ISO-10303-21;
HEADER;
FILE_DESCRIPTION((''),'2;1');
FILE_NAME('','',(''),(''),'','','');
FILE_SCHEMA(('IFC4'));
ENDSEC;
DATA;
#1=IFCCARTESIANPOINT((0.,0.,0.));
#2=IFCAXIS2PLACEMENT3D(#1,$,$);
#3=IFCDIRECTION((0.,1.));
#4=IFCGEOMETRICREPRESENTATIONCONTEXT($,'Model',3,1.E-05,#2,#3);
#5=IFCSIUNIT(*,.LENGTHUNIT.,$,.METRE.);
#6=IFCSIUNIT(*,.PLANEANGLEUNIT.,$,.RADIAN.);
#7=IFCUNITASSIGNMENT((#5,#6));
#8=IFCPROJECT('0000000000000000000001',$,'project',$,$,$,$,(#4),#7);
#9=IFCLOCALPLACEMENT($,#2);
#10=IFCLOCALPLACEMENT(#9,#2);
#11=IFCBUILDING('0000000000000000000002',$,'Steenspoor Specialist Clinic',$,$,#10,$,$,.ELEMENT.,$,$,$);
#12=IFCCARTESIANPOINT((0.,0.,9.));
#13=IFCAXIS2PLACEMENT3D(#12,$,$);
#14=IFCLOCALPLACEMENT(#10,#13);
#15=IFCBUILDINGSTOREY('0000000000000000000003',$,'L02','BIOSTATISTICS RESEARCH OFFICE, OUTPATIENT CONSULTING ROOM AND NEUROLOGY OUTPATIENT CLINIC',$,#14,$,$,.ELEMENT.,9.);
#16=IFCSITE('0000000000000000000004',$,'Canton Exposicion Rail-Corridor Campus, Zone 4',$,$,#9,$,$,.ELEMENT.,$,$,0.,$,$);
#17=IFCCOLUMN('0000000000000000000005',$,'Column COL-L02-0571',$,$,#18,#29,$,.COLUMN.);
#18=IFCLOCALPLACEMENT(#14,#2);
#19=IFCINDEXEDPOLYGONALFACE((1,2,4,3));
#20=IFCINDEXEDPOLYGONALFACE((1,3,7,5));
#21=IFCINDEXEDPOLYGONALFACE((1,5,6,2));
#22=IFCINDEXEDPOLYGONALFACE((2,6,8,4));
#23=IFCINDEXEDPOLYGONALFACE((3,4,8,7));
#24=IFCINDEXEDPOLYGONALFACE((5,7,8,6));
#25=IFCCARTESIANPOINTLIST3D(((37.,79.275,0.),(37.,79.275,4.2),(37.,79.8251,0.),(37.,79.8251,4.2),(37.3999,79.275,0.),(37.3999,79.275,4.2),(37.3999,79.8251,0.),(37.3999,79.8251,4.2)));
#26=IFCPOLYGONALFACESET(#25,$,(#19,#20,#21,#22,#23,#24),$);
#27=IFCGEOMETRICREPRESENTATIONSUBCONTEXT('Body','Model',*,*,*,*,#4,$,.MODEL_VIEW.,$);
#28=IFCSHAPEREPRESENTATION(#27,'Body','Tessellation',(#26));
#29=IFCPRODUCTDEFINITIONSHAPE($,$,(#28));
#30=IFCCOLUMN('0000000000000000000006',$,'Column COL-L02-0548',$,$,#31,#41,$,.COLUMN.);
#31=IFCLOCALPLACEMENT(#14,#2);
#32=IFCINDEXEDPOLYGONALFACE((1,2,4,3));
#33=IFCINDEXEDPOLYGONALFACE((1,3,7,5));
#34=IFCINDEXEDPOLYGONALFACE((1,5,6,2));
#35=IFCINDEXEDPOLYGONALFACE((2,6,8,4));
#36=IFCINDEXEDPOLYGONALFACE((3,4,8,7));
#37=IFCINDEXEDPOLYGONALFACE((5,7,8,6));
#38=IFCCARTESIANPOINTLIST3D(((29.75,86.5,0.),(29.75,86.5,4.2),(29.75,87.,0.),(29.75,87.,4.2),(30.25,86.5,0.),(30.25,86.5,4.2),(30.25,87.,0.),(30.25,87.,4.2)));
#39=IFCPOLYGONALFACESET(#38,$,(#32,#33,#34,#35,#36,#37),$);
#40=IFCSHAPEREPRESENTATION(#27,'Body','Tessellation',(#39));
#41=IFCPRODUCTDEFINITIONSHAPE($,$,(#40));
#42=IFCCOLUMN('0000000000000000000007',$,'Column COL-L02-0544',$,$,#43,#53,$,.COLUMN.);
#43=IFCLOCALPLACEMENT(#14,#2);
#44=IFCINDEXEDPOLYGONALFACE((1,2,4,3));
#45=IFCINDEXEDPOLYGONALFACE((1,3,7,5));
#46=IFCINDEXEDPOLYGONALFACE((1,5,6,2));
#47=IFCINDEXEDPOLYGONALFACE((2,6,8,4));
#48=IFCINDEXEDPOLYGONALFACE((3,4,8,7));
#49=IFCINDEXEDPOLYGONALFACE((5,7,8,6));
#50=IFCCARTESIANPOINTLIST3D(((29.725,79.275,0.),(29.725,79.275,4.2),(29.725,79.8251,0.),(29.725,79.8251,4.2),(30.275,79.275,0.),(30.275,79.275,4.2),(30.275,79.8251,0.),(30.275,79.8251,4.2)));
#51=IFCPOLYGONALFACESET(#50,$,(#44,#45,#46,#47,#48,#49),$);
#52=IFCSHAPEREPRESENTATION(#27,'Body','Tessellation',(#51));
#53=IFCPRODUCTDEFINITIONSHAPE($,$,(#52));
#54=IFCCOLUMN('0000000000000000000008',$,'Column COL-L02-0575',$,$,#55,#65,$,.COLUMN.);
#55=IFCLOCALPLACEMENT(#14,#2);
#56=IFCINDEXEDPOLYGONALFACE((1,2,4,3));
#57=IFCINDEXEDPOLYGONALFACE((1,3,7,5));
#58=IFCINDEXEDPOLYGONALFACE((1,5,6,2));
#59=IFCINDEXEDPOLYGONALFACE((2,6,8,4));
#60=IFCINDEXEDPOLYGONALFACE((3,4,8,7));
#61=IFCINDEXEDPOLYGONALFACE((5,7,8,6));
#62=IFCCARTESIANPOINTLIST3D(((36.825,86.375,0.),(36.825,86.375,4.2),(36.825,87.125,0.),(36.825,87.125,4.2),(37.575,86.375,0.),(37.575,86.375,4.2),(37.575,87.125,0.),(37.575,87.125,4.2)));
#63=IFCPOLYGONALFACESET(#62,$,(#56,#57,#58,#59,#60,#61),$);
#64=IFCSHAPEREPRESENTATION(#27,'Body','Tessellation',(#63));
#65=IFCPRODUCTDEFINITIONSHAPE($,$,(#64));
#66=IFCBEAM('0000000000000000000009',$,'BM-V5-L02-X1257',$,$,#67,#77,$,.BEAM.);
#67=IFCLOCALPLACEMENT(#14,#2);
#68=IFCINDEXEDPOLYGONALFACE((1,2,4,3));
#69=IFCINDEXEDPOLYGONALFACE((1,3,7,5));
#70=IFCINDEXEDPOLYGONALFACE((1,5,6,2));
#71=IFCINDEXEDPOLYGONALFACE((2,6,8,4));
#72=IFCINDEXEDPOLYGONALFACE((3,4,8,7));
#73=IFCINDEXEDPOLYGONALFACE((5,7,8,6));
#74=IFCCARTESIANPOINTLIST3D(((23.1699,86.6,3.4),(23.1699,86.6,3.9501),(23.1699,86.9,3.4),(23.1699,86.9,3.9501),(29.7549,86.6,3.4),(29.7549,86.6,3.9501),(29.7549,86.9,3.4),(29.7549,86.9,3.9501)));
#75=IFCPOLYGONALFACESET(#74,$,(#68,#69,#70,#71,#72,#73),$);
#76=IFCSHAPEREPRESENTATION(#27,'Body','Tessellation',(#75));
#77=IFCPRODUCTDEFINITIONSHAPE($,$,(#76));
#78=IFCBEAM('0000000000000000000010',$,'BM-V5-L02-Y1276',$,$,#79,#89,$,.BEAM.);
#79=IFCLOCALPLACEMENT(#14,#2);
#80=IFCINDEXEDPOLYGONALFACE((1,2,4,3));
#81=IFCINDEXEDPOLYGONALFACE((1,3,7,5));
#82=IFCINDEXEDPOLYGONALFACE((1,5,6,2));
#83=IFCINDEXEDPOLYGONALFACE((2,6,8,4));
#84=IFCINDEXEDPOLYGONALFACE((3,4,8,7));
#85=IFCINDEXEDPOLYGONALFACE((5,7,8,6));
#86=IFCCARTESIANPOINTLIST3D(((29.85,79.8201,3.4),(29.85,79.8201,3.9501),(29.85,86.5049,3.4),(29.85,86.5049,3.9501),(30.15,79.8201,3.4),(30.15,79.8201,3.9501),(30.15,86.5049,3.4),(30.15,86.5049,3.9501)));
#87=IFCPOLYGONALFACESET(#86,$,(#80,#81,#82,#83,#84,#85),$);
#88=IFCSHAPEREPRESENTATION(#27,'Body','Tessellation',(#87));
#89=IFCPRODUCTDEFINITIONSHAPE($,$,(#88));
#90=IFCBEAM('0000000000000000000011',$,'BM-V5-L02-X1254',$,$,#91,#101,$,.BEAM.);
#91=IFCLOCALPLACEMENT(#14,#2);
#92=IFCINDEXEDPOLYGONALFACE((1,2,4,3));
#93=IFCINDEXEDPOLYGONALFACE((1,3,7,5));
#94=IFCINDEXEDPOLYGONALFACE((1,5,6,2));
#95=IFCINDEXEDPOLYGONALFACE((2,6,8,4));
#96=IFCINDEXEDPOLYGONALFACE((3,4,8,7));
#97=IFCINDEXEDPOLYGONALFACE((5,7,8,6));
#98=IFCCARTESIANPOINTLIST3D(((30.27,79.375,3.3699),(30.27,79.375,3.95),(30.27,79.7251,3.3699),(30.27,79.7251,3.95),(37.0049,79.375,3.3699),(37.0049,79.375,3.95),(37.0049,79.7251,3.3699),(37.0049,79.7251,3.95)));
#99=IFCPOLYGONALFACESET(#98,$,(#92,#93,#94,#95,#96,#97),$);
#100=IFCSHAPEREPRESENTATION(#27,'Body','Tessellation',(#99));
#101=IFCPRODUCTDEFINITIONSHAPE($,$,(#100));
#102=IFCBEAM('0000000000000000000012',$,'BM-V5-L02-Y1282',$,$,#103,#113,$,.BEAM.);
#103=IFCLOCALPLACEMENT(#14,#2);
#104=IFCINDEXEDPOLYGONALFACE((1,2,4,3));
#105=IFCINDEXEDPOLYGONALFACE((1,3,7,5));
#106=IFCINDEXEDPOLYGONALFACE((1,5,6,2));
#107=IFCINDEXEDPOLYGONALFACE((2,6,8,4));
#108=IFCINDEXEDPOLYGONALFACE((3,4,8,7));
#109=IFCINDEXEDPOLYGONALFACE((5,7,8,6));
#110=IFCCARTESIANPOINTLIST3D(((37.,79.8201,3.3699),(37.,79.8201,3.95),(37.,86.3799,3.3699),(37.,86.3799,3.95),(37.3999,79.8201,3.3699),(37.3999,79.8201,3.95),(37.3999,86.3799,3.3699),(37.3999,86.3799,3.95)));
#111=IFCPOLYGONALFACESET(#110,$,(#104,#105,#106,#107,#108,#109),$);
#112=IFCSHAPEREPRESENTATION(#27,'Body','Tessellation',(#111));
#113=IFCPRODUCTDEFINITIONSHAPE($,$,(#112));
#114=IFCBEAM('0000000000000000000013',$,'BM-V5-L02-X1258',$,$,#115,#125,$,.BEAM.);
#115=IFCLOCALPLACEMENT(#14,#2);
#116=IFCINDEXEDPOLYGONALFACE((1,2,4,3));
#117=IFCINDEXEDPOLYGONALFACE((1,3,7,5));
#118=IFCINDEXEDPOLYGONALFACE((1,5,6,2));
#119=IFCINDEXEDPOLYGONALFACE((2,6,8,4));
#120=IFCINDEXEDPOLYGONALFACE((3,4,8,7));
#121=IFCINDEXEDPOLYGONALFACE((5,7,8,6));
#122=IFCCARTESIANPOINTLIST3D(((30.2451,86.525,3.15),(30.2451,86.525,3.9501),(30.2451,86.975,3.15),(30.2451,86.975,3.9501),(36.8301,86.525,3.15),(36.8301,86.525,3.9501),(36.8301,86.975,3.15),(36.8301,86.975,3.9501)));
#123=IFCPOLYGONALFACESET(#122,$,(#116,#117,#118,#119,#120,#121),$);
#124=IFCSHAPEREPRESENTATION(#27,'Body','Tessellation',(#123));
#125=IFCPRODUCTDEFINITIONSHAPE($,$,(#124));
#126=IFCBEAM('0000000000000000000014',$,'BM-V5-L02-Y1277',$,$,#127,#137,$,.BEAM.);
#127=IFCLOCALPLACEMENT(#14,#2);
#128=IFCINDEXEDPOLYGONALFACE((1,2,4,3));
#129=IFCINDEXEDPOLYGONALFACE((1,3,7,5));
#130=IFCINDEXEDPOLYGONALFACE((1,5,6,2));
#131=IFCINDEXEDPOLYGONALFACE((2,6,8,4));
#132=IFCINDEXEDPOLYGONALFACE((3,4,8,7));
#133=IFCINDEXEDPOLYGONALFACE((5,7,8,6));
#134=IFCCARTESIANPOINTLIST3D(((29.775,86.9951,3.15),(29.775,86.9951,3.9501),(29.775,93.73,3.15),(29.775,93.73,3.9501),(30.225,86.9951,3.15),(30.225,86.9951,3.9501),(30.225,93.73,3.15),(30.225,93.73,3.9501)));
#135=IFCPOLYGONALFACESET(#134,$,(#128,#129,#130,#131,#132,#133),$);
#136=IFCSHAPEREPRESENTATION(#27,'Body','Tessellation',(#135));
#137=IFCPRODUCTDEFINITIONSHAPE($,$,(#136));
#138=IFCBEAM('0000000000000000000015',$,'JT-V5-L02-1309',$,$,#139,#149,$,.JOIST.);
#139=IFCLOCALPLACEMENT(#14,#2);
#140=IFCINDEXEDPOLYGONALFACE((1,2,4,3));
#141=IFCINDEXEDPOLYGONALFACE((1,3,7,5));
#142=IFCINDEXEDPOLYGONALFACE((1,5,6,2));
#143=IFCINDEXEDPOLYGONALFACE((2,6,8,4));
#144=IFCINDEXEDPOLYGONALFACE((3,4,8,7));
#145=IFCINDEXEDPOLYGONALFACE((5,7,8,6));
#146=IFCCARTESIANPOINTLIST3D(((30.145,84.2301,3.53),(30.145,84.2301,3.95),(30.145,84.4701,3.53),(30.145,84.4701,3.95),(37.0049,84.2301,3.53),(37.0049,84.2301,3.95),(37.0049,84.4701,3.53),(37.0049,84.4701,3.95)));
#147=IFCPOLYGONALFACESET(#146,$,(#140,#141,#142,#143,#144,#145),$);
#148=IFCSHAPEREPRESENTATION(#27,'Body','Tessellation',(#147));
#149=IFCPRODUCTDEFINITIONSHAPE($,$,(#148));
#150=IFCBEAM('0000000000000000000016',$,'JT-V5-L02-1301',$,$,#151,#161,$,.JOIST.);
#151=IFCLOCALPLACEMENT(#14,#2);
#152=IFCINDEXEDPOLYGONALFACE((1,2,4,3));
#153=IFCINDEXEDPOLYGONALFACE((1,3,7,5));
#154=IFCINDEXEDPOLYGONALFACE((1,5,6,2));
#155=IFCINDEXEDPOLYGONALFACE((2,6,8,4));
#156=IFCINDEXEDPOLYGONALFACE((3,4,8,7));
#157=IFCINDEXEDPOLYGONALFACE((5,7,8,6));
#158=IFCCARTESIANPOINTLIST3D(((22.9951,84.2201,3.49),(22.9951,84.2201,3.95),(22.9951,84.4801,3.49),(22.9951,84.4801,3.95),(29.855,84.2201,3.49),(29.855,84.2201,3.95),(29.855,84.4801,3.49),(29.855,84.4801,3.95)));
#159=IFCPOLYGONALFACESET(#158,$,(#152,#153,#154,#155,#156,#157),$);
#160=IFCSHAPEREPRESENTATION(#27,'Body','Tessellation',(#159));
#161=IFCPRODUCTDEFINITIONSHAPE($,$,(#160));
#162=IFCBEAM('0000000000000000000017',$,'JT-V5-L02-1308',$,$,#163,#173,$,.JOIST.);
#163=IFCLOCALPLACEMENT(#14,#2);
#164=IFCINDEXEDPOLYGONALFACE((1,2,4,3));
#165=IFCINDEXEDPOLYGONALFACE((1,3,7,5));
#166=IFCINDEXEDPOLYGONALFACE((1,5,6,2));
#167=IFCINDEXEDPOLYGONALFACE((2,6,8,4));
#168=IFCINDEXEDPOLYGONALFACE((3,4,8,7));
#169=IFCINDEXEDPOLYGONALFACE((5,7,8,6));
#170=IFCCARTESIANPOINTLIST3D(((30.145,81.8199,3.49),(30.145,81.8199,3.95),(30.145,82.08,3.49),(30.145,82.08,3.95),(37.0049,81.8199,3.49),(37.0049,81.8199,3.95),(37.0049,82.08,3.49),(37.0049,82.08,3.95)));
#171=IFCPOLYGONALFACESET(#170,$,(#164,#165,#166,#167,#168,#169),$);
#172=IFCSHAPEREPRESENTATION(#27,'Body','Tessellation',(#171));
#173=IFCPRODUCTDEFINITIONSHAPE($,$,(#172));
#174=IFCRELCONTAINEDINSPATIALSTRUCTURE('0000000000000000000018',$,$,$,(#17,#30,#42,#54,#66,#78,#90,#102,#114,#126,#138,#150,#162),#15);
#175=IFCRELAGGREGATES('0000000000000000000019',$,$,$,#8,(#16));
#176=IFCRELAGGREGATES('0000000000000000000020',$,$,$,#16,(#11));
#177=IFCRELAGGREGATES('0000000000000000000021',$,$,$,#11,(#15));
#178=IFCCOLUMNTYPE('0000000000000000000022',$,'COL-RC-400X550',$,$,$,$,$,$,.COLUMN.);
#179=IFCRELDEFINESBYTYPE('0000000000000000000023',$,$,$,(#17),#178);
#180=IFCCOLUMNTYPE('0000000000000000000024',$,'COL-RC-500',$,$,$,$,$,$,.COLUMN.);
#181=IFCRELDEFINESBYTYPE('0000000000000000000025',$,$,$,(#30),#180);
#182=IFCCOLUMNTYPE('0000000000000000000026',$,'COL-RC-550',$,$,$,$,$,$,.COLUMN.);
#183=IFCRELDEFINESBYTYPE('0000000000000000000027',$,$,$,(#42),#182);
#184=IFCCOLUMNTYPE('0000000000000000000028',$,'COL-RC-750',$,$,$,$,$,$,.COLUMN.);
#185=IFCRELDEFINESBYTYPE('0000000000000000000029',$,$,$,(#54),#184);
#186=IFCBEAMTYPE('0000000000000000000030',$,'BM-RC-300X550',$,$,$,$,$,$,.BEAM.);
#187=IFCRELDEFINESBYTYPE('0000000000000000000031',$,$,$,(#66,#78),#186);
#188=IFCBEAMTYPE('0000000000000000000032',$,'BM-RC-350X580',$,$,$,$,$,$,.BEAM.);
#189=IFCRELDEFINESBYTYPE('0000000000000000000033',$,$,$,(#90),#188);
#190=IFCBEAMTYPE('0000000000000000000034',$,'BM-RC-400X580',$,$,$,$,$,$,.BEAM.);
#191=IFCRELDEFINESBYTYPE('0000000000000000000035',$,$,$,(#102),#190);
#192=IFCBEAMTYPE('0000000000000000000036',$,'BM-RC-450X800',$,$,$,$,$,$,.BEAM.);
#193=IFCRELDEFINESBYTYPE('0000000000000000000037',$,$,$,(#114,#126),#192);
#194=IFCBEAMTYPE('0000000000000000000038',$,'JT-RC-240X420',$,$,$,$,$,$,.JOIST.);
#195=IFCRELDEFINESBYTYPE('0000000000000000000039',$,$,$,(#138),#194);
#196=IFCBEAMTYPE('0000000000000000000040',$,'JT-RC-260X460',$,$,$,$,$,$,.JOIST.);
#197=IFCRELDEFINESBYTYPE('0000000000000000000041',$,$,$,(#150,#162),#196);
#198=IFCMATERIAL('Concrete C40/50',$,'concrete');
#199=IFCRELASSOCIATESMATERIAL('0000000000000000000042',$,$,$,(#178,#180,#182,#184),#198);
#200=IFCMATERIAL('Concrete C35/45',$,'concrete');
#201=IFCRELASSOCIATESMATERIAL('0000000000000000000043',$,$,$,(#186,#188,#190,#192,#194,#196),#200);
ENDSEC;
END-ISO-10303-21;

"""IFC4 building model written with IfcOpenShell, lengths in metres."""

from ifc_helpers import new_model, si_unit, direction, frame, origin, origin_2d, place, context, subcontext, project, spatial, rectangle, extrude, material, material_profile, profile_set, type_object, element, save


model = new_model("IFC4")

# Units and contexts
model_context = context("Model", 3, precision=1e-05, world=origin(), true_north=direction((0.0, 1.0)))
body_context = subcontext(model_context, "Body", "Model", "MODEL_VIEW")
ifc_project = project(units=[si_unit("LENGTHUNIT", "METRE"), si_unit("PLANEANGLEUNIT", "RADIAN")], contexts=[model_context])

# Site, building, storey
site_placement = place(None, origin())
site = spatial("IfcSite", under=ifc_project, at=site_placement, Name="Canton Exposicion Rail-Corridor Campus, Zone 4", CompositionType="ELEMENT", RefElevation=0.0)
building_placement = place(site_placement, origin())
building = spatial("IfcBuilding", under=site, at=building_placement, Name="Steenspoor Specialist Clinic", CompositionType="ELEMENT")
storey_placement = place(building_placement, frame((0.0, 0.0, 9.0)))
storey = spatial("IfcBuildingStorey", under=building, at=storey_placement, Name="L02", Description="BIOSTATISTICS RESEARCH OFFICE, OUTPATIENT CONSULTING ROOM AND NEUROLOGY OUTPATIENT CLINIC", CompositionType="ELEMENT", Elevation=9.0)

# Columns
ifc_material_1 = material(Name="Concrete C40/50", Category="concrete")
ifc_material_profile_1 = material_profile(ifc_material_1, rectangle(XDim=0.3999, YDim=0.55, at=origin_2d()), Name="RC-COL-400X550")
ifc_profile_set_1 = profile_set([ifc_material_profile_1], Name="Concrete C40/50")
column_type_1 = type_object("IfcColumnType", Name="COL-RC-400X550", PredefinedType="COLUMN", material=ifc_profile_set_1)
column_1_placement = place(storey_placement, frame((37.2, 79.55, 0.0), z_axis=(0.0, 0.0, 1.0), x_axis=(1.0, 0.0, 0.0)))
element("IfcColumn", 1, at=column_1_placement, inside=storey, type_object=column_type_1, Name="Column COL-L02-0571", PredefinedType="COLUMN", context=body_context, shape_type="SweptSolid", body=[
    extrude(rectangle(XDim=0.3999, YDim=0.55, at=origin_2d()), origin(), (0.0, 0.0, 1.0), 4.2),
])
ifc_material_profile_2 = material_profile(ifc_material_1, rectangle(XDim=0.5, YDim=0.5, at=origin_2d()), Name="RC-COL-500X500")
ifc_profile_set_2 = profile_set([ifc_material_profile_2], Name="Concrete C40/50")
column_type_2 = type_object("IfcColumnType", Name="COL-RC-500", PredefinedType="COLUMN", material=ifc_profile_set_2)
column_2_placement = place(storey_placement, frame((30.0, 86.75, 0.0), z_axis=(0.0, 0.0, 1.0), x_axis=(1.0, 0.0, 0.0)))
element("IfcColumn", 2, at=column_2_placement, inside=storey, type_object=column_type_2, Name="Column COL-L02-0548", PredefinedType="COLUMN", context=body_context, shape_type="SweptSolid", body=[
    extrude(rectangle(XDim=0.5, YDim=0.5, at=origin_2d()), origin(), (0.0, 0.0, 1.0), 4.2),
])
ifc_material_profile_3 = material_profile(ifc_material_1, rectangle(XDim=0.55, YDim=0.55, at=origin_2d()), Name="RC-COL-550X550")
ifc_profile_set_3 = profile_set([ifc_material_profile_3], Name="Concrete C40/50")
column_type_3 = type_object("IfcColumnType", Name="COL-RC-550", PredefinedType="COLUMN", material=ifc_profile_set_3)
column_3_placement = place(storey_placement, frame((30.0, 79.55, 0.0), z_axis=(0.0, 0.0, 1.0), x_axis=(1.0, 0.0, 0.0)))
element("IfcColumn", 3, at=column_3_placement, inside=storey, type_object=column_type_3, Name="Column COL-L02-0544", PredefinedType="COLUMN", context=body_context, shape_type="SweptSolid", body=[
    extrude(rectangle(XDim=0.55, YDim=0.55, at=origin_2d()), origin(), (0.0, 0.0, 1.0), 4.2),
])
ifc_material_profile_4 = material_profile(ifc_material_1, rectangle(XDim=0.75, YDim=0.75, at=origin_2d()), Name="RC-COL-750X750")
ifc_profile_set_4 = profile_set([ifc_material_profile_4], Name="Concrete C40/50")
column_type_4 = type_object("IfcColumnType", Name="COL-RC-750", PredefinedType="COLUMN", material=ifc_profile_set_4)
column_4_placement = place(storey_placement, frame((37.2, 86.75, 0.0), z_axis=(0.0, 0.0, 1.0), x_axis=(1.0, 0.0, 0.0)))
element("IfcColumn", 4, at=column_4_placement, inside=storey, type_object=column_type_4, Name="Column COL-L02-0575", PredefinedType="COLUMN", context=body_context, shape_type="SweptSolid", body=[
    extrude(rectangle(XDim=0.75, YDim=0.75, at=origin_2d()), origin(), (0.0, 0.0, 1.0), 4.2),
])

# Beams
ifc_material_2 = material(Name="Concrete C35/45", Category="concrete")
ifc_material_profile_5 = material_profile(ifc_material_2, rectangle(XDim=0.3, YDim=0.55, at=origin_2d()), Name="RC-BM-300X550")
ifc_profile_set_5 = profile_set([ifc_material_profile_5], Name="Concrete C35/45")
beam_type_1 = type_object("IfcBeamType", Name="BM-RC-300X550", PredefinedType="BEAM", material=ifc_profile_set_5)
beam_1_placement = place(storey_placement, frame((23.1699, 86.75, 3.675), z_axis=(1.0, 0.0, 0.0), x_axis=(0.0, 1.0, 0.0)))
element("IfcBeam", 5, at=beam_1_placement, inside=storey, type_object=beam_type_1, Name="BM-V5-L02-X1257", PredefinedType="BEAM", context=body_context, shape_type="SweptSolid", body=[
    extrude(rectangle(XDim=0.3, YDim=0.55, at=origin_2d()), origin(), (0.0, 0.0, 1.0), 6.585),
])
beam_2_placement = place(storey_placement, frame((30.0, 79.8201, 3.675), z_axis=(0.0, 1.0, 0.0), x_axis=(-1.0, 0.0, 0.0)))
element("IfcBeam", 6, at=beam_2_placement, inside=storey, type_object=beam_type_1, Name="BM-V5-L02-Y1276", PredefinedType="BEAM", context=body_context, shape_type="SweptSolid", body=[
    extrude(rectangle(XDim=0.3, YDim=0.55, at=origin_2d()), origin(), (0.0, 0.0, 1.0), 6.6848),
])
ifc_material_profile_6 = material_profile(ifc_material_2, rectangle(XDim=0.3501, YDim=0.5801, at=origin_2d()), Name="RC-BM-350X580")
ifc_profile_set_6 = profile_set([ifc_material_profile_6], Name="Concrete C35/45")
beam_type_2 = type_object("IfcBeamType", Name="BM-RC-350X580", PredefinedType="BEAM", material=ifc_profile_set_6)
beam_3_placement = place(storey_placement, frame((30.27, 79.55, 3.6599), z_axis=(1.0, 0.0, 0.0), x_axis=(0.0, 1.0, 0.0)))
element("IfcBeam", 7, at=beam_3_placement, inside=storey, type_object=beam_type_2, Name="BM-V5-L02-X1254", PredefinedType="BEAM", context=body_context, shape_type="SweptSolid", body=[
    extrude(rectangle(XDim=0.3501, YDim=0.5801, at=origin_2d()), origin(), (0.0, 0.0, 1.0), 6.7349),
])
ifc_material_profile_7 = material_profile(ifc_material_2, rectangle(XDim=0.3999, YDim=0.5801, at=origin_2d()), Name="RC-BM-400X580")
ifc_profile_set_7 = profile_set([ifc_material_profile_7], Name="Concrete C35/45")
beam_type_3 = type_object("IfcBeamType", Name="BM-RC-400X580", PredefinedType="BEAM", material=ifc_profile_set_7)
beam_4_placement = place(storey_placement, frame((37.2, 79.8201, 3.6599), z_axis=(0.0, 1.0, 0.0), x_axis=(-1.0, 0.0, 0.0)))
element("IfcBeam", 8, at=beam_4_placement, inside=storey, type_object=beam_type_3, Name="BM-V5-L02-Y1282", PredefinedType="BEAM", context=body_context, shape_type="SweptSolid", body=[
    extrude(rectangle(XDim=0.3999, YDim=0.5801, at=origin_2d()), origin(), (0.0, 0.0, 1.0), 6.5598),
])
ifc_material_profile_8 = material_profile(ifc_material_2, rectangle(XDim=0.45, YDim=0.8, at=origin_2d()), Name="RC-BM-450X800")
ifc_profile_set_8 = profile_set([ifc_material_profile_8], Name="Concrete C35/45")
beam_type_4 = type_object("IfcBeamType", Name="BM-RC-450X800", PredefinedType="BEAM", material=ifc_profile_set_8)
beam_5_placement = place(storey_placement, frame((30.2451, 86.75, 3.55), z_axis=(1.0, 0.0, 0.0), x_axis=(0.0, 1.0, 0.0)))
element("IfcBeam", 9, at=beam_5_placement, inside=storey, type_object=beam_type_4, Name="BM-V5-L02-X1258", PredefinedType="BEAM", context=body_context, shape_type="SweptSolid", body=[
    extrude(rectangle(XDim=0.45, YDim=0.8, at=origin_2d()), origin(), (0.0, 0.0, 1.0), 6.585),
])
beam_6_placement = place(storey_placement, frame((30.0, 86.9951, 3.55), z_axis=(0.0, 1.0, 0.0), x_axis=(-1.0, 0.0, 0.0)))
element("IfcBeam", 10, at=beam_6_placement, inside=storey, type_object=beam_type_4, Name="BM-V5-L02-Y1277", PredefinedType="BEAM", context=body_context, shape_type="SweptSolid", body=[
    extrude(rectangle(XDim=0.45, YDim=0.8, at=origin_2d()), origin(), (0.0, 0.0, 1.0), 6.7349),
])
ifc_material_profile_9 = material_profile(ifc_material_2, rectangle(XDim=0.24, YDim=0.4199, at=origin_2d()), Name="RC-JT-240X420")
ifc_profile_set_9 = profile_set([ifc_material_profile_9], Name="Concrete C35/45")
beam_type_5 = type_object("IfcBeamType", Name="JT-RC-240X420", PredefinedType="JOIST", material=ifc_profile_set_9)
beam_7_placement = place(storey_placement, frame((30.145, 84.3501, 3.74), z_axis=(1.0, 0.0, 0.0), x_axis=(0.0, 1.0, 0.0)))
element("IfcBeam", 11, at=beam_7_placement, inside=storey, type_object=beam_type_5, Name="JT-V5-L02-1309", PredefinedType="JOIST", context=body_context, shape_type="SweptSolid", body=[
    extrude(rectangle(XDim=0.24, YDim=0.4199, at=origin_2d()), origin(), (0.0, 0.0, 1.0), 6.8599),
])
ifc_material_profile_10 = material_profile(ifc_material_2, rectangle(XDim=0.26, YDim=0.46, at=origin_2d()), Name="RC-JT-260X460")
ifc_profile_set_10 = profile_set([ifc_material_profile_10], Name="Concrete C35/45")
beam_type_6 = type_object("IfcBeamType", Name="JT-RC-260X460", PredefinedType="JOIST", material=ifc_profile_set_10)
for number, where, z_axis, x_axis, name in (
    (12, (22.9951, 84.3501, 3.72), (1.0, 0.0, 0.0), (0.0, 1.0, 0.0), "JT-V5-L02-1301"),
    (13, (30.145, 81.95, 3.72), (1.0, 0.0, 0.0), (0.0, 1.0, 0.0), "JT-V5-L02-1308"),
):
    element("IfcBeam", number, at=place(storey_placement, frame(where, z_axis=z_axis, x_axis=x_axis)), inside=storey, type_object=beam_type_6, Name=name, PredefinedType="JOIST", context=body_context, shape_type="SweptSolid", body=[
        extrude(rectangle(XDim=0.26, YDim=0.46, at=origin_2d()), origin(), (0.0, 0.0, 1.0), 6.8599),
    ])

save(model, "model.ifc")
